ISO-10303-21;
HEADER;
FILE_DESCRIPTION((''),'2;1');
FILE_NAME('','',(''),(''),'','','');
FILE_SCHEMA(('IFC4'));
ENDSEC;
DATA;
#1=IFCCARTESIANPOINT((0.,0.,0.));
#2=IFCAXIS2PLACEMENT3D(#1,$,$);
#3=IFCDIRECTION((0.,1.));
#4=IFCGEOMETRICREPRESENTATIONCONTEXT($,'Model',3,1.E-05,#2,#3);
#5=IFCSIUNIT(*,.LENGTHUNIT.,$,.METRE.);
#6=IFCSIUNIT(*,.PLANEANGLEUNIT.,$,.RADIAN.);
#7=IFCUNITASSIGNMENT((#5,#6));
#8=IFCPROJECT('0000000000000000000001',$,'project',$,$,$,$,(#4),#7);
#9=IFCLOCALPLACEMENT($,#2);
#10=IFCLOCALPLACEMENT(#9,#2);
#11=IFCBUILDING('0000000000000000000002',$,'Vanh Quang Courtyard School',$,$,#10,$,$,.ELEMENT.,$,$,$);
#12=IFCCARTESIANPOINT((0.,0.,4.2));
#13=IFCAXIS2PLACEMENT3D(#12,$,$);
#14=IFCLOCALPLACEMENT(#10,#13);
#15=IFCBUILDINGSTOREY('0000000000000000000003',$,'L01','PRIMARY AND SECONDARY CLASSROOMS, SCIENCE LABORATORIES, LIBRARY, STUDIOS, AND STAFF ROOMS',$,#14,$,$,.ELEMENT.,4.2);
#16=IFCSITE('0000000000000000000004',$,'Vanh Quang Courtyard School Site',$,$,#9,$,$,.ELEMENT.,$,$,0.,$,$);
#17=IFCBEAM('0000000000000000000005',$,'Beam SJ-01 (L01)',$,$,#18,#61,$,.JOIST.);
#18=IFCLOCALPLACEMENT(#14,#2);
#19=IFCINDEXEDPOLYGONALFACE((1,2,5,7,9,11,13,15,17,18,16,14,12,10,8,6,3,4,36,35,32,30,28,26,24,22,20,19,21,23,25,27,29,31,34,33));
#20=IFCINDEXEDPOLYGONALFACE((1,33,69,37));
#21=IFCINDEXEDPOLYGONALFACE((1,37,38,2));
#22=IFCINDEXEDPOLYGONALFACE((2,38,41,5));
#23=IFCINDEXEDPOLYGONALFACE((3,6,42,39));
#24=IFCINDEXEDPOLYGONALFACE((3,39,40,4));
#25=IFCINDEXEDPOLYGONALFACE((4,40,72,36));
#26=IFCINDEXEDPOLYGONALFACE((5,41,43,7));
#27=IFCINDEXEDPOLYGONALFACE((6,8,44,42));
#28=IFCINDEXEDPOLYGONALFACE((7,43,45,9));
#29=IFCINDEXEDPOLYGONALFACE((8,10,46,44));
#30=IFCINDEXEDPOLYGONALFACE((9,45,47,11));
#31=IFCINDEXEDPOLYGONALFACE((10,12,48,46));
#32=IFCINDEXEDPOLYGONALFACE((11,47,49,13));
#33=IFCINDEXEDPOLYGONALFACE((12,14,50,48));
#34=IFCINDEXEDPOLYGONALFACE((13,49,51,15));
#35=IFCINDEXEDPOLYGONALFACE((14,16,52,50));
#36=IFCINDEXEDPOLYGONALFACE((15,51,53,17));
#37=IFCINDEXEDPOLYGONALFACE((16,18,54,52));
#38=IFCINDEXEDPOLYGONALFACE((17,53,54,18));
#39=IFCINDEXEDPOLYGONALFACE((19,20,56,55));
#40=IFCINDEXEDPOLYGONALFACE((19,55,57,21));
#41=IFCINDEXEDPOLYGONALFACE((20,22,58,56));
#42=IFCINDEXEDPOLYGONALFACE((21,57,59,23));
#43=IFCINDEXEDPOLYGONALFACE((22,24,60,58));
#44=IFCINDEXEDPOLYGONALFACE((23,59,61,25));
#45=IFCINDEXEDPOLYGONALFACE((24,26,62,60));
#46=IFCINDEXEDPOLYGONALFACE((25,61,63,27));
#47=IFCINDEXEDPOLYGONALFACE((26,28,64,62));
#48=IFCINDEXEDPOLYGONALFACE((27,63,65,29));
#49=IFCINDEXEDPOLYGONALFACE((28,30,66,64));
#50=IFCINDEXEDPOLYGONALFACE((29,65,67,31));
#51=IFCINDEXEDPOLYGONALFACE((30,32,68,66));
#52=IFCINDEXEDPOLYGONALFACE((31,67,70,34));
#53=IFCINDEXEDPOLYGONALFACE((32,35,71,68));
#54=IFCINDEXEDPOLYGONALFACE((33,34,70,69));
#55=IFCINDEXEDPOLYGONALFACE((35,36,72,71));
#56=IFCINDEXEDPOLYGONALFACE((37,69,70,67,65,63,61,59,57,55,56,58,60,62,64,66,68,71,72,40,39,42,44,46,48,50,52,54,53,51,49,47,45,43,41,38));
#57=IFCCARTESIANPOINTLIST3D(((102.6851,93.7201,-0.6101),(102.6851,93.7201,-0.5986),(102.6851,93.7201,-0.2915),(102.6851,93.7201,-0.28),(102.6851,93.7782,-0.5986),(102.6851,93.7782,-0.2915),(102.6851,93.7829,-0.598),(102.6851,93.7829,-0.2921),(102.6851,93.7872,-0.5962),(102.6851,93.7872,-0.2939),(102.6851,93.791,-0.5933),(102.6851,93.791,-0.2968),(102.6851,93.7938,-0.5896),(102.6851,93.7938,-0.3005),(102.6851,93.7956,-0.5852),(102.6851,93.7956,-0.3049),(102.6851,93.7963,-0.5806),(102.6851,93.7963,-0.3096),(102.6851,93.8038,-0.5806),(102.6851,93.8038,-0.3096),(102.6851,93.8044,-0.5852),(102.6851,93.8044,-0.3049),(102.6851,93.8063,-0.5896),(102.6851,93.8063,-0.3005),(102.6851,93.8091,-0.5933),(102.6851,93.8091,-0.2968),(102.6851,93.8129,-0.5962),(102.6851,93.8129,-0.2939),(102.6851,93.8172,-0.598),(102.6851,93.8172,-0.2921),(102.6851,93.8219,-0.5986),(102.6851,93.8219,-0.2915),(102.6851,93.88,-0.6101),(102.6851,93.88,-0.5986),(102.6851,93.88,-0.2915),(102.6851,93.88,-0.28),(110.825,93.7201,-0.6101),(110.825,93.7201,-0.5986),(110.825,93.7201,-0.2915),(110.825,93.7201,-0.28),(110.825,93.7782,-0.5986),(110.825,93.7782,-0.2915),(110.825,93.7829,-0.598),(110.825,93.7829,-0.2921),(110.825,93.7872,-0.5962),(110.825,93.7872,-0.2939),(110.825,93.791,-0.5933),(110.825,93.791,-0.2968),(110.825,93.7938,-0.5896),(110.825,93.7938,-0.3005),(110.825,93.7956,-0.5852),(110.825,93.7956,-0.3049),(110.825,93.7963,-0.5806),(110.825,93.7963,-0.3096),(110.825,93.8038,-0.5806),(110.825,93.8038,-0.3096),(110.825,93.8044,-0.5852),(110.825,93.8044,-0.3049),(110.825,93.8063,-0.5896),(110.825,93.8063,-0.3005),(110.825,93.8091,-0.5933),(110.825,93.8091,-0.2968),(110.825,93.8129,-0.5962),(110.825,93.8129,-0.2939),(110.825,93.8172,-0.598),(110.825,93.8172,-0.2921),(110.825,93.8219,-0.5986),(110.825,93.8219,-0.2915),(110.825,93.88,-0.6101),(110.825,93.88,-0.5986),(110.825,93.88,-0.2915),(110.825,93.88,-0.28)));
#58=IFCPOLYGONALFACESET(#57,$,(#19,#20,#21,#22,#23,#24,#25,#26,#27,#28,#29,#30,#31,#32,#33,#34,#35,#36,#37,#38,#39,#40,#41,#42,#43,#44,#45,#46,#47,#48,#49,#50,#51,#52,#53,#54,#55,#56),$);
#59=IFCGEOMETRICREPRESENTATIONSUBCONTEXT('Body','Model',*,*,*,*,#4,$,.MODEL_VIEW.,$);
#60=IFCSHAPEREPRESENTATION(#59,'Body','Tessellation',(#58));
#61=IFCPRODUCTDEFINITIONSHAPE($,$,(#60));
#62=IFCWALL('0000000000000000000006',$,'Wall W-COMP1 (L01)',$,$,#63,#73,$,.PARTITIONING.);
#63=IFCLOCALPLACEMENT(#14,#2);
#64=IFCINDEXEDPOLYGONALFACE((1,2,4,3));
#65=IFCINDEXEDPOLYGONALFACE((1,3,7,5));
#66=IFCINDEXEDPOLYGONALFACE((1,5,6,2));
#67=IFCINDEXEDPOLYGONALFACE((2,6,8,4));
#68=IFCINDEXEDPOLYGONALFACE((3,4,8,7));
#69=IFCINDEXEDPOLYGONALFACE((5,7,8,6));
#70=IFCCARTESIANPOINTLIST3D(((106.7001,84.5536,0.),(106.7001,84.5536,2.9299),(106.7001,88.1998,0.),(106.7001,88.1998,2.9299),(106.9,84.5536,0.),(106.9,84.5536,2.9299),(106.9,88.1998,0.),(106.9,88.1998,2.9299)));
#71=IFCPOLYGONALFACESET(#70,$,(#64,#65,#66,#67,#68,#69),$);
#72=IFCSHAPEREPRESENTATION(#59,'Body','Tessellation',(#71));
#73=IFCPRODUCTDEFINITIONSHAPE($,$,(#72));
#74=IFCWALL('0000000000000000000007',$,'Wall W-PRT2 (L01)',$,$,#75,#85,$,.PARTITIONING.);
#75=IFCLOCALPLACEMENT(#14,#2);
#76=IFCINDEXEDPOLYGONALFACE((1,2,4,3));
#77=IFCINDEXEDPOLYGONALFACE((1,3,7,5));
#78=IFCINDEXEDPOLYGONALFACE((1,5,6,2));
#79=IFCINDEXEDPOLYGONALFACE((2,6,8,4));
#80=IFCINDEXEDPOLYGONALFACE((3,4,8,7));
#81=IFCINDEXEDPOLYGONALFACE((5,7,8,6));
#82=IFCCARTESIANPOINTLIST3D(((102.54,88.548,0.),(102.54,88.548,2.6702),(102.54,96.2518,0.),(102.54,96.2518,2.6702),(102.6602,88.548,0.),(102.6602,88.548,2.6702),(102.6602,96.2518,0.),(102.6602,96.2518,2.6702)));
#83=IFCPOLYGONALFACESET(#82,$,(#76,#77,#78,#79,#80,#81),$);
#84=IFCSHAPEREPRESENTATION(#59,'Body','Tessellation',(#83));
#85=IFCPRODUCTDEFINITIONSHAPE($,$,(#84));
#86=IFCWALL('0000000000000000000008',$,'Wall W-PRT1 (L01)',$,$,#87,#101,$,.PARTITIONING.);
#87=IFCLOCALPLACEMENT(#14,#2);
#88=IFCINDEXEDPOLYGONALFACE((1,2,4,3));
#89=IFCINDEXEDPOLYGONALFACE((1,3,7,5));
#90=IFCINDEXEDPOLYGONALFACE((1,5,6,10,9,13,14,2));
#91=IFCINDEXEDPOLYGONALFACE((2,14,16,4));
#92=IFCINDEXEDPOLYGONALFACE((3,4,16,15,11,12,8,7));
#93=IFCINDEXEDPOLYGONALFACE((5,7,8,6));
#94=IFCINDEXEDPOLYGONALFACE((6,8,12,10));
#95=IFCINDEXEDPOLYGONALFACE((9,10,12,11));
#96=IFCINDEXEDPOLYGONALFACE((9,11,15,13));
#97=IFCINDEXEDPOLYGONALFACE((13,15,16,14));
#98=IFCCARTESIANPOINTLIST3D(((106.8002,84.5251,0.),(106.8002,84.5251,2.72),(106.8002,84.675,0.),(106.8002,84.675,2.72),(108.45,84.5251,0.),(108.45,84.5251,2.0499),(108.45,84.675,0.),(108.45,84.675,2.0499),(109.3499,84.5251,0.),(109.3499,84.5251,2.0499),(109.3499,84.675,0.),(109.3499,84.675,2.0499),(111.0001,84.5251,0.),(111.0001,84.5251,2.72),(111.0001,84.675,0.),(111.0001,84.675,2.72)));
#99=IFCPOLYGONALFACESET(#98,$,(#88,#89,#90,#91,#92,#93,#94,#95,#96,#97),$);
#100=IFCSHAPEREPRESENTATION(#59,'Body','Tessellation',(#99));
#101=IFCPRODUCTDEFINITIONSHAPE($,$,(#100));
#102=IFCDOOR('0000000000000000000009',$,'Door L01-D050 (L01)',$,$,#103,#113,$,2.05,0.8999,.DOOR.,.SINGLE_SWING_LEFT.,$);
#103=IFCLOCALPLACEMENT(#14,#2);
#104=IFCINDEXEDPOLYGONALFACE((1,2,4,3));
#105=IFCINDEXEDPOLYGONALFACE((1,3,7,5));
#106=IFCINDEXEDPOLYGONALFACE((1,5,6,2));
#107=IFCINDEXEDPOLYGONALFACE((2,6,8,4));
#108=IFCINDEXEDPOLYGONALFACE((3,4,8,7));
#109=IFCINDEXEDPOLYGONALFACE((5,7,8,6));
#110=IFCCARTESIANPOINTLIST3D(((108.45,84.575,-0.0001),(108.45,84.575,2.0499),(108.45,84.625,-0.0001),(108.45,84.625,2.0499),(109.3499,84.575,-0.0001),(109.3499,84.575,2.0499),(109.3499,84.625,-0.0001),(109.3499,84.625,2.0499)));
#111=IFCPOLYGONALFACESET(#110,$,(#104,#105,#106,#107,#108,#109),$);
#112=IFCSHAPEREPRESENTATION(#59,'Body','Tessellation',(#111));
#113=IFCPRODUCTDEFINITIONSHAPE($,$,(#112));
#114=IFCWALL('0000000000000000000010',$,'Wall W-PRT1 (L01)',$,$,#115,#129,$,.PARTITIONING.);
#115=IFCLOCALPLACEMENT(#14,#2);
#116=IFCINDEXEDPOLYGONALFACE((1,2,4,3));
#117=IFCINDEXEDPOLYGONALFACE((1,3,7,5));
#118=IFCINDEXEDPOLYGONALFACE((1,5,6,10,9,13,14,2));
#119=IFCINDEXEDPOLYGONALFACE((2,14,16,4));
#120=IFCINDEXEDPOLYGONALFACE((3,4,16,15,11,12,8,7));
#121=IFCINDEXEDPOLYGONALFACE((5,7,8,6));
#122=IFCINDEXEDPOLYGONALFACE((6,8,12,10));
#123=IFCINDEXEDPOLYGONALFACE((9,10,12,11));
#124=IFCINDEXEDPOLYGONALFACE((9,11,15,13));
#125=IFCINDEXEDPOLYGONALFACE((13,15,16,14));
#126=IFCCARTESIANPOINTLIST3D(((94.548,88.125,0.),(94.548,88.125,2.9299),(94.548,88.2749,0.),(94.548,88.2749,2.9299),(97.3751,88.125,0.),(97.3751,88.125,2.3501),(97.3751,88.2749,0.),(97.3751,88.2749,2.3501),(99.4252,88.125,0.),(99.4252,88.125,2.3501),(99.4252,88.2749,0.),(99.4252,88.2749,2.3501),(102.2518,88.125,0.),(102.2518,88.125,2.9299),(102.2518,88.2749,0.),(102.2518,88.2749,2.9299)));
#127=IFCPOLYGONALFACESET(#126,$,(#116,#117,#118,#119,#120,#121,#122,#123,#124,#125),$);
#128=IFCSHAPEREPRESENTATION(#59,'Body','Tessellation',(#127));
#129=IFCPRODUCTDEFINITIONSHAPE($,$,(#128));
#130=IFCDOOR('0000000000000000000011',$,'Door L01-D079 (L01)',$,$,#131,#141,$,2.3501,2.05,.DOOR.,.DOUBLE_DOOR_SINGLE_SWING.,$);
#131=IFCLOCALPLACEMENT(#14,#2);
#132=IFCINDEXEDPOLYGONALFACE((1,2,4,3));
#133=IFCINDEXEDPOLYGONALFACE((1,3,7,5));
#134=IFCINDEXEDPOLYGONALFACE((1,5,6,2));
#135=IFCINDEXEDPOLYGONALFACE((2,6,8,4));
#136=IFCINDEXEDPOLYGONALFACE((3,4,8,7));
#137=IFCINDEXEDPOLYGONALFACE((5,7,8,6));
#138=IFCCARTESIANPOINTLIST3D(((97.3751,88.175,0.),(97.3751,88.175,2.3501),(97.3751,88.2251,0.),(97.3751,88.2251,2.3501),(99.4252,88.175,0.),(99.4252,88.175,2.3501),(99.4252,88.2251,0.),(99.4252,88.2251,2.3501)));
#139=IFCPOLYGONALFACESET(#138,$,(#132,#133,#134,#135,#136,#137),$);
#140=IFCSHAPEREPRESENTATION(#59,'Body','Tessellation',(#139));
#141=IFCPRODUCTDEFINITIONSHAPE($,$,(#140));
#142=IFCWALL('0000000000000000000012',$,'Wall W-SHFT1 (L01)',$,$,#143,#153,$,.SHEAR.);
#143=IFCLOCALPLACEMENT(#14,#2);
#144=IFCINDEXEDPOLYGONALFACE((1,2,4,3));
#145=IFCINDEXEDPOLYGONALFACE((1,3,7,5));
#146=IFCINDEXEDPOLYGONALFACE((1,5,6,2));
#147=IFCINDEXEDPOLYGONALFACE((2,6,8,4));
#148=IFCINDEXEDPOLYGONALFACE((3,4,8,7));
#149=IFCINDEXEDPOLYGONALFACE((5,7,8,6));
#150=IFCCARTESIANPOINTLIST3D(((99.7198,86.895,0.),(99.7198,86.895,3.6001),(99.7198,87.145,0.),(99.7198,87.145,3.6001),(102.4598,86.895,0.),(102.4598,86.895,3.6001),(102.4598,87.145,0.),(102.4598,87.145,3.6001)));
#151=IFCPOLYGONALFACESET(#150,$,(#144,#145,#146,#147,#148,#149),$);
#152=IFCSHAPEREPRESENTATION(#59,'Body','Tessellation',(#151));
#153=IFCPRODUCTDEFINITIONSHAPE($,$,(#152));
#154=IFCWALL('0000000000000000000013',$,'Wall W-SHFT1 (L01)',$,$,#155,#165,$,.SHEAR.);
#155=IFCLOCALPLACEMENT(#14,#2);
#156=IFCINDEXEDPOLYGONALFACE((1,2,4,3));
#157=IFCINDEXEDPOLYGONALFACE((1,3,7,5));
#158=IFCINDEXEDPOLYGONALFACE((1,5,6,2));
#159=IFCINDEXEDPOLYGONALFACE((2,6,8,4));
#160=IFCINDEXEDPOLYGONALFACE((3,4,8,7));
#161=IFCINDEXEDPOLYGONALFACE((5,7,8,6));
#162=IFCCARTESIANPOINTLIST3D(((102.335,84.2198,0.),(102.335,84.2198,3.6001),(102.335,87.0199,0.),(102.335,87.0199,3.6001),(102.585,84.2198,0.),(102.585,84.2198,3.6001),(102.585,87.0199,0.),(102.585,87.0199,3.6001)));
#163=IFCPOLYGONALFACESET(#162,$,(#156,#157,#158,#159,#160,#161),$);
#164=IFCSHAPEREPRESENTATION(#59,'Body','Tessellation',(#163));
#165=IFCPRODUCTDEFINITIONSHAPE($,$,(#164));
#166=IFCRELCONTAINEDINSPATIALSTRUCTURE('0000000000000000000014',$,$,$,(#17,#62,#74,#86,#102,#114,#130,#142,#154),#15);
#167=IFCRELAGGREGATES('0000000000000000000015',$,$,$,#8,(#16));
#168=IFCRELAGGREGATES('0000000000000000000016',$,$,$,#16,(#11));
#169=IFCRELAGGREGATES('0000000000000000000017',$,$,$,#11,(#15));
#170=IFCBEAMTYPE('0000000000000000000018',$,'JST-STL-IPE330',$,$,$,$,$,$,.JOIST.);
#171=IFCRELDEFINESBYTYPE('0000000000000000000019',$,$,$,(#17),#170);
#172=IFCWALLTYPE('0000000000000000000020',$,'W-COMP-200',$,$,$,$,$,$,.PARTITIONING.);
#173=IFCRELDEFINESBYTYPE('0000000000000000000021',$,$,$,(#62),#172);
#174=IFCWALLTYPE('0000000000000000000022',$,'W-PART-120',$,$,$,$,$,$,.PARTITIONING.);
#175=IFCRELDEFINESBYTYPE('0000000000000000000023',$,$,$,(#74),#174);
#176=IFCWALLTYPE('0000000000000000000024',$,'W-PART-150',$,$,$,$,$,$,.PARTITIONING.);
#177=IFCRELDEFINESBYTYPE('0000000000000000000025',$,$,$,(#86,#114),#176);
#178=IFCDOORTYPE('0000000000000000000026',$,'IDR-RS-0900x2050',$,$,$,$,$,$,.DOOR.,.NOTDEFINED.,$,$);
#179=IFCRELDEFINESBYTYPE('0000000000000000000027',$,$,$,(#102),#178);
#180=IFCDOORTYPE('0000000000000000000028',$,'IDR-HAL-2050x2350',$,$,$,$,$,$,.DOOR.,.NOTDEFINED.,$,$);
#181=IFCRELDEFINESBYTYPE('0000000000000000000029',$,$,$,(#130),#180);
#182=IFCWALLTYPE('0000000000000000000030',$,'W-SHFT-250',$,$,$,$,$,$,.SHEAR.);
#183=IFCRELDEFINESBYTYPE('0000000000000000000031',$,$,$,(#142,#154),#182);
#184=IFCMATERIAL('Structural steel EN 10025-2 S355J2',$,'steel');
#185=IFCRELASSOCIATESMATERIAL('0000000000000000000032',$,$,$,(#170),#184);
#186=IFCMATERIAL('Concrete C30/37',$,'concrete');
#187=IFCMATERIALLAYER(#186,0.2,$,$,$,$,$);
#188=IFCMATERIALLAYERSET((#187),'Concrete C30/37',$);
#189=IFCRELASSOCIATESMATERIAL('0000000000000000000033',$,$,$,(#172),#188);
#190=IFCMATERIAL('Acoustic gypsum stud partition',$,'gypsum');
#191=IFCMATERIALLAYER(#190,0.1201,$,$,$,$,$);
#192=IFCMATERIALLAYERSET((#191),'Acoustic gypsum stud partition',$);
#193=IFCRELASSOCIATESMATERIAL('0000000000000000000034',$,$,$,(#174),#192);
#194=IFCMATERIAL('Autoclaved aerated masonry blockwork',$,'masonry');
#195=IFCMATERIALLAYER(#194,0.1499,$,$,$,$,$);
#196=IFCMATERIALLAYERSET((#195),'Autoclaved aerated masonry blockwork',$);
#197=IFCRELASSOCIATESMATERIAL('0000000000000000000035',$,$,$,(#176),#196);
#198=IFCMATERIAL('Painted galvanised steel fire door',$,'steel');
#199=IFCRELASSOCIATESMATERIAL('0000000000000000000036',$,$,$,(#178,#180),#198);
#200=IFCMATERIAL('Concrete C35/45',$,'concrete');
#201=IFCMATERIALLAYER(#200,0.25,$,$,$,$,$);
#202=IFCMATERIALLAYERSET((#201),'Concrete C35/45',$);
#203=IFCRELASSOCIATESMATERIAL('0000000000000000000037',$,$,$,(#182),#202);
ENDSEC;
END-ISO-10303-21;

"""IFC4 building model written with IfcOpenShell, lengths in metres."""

from ifc_helpers import new_model, si_unit, direction, frame, frame_2d, origin, origin_2d, place, context, subcontext, project, spatial, rectangle, i_section, extrude, material, layer, layer_set, material_profile, profile_set, type_object, element, fill, save


model = new_model("IFC4")

# Units and contexts
model_context = context("Model", 3, precision=1e-05, world=origin(), true_north=direction((0.0, 1.0)))
body_context = subcontext(model_context, "Body", "Model", "MODEL_VIEW")
ifc_project = project(units=[si_unit("LENGTHUNIT", "METRE"), si_unit("PLANEANGLEUNIT", "RADIAN")], contexts=[model_context])

# Site, building, storey
site_placement = place(None, origin())
site = spatial("IfcSite", under=ifc_project, at=site_placement, Name="Vanh Quang Courtyard School Site", CompositionType="ELEMENT", RefElevation=0.0)
building_placement = place(site_placement, origin())
building = spatial("IfcBuilding", under=site, at=building_placement, Name="Vanh Quang Courtyard School", CompositionType="ELEMENT")
storey_placement = place(building_placement, frame((0.0, 0.0, 4.2)))
storey = spatial("IfcBuildingStorey", under=building, at=storey_placement, Name="L01", Description="PRIMARY AND SECONDARY CLASSROOMS, SCIENCE LABORATORIES, LIBRARY, STUDIOS, AND STAFF ROOMS", CompositionType="ELEMENT", Elevation=4.2)

# Shared definitions
ifc_material_1 = material(Name="Concrete C35/45", Category="concrete")

# Beam
ifc_material_2 = material(Name="Structural steel EN 10025-2 S355J2", Category="steel")
ifc_material_3 = material(Name="Concrete C30/37", Category="concrete")
ifc_material_profile_1 = material_profile(ifc_material_2, i_section(OverallWidth=0.1599, OverallDepth=0.3301, WebThickness=0.0076, FlangeThickness=0.0115, FilletRadius=0.0181, at=origin_2d()), Name="IPE 330")
ifc_profile_set_1 = profile_set([ifc_material_profile_1], Name="Structural steel EN 10025-2 S355J2")
beam_type_1 = type_object("IfcBeamType", Name="JST-STL-IPE330", PredefinedType="JOIST", material=ifc_profile_set_1)
for number, where, z_axis, x_axis, name in (
    (1, (102.6851, 93.8, -0.4451), (1.0, 0.0, 0.0), (0.0, 1.0, 0.0), "Beam SJ-01 (L01)"),
):
    element("IfcBeam", number, at=place(storey_placement, frame(where, z_axis=z_axis, x_axis=x_axis)), inside=storey, type_object=beam_type_1, Name=name, PredefinedType="JOIST", context=body_context, shape_type="SweptSolid", body=[
        extrude(i_section(OverallWidth=0.1599, OverallDepth=0.3301, WebThickness=0.0076, FlangeThickness=0.0115, FilletRadius=0.0181, at=origin_2d()), origin(), (0.0, 0.0, 1.0), 8.1399),
    ])

# Shared definitions
ifc_layer_1 = layer(ifc_material_3, 0.2)
ifc_layer_set_1 = layer_set([ifc_layer_1], Name="Concrete C30/37")
wall_type_1 = type_object("IfcWallType", Name="W-COMP-200", PredefinedType="PARTITIONING", material=ifc_layer_set_1)
ifc_material_4 = material(Name="Painted galvanised steel fire door", Category="steel")

# Wall
wall_1_placement = place(storey_placement, frame((106.8, 88.2, 0.0), z_axis=(0.0, 0.0, 1.0), x_axis=(0.0, -1.0, 0.0)))
element("IfcWall", 2, at=wall_1_placement, inside=storey, type_object=wall_type_1, Name="Wall W-COMP1 (L01)", PredefinedType="PARTITIONING", context=body_context, shape_type="SweptSolid", body=[
    extrude(rectangle(XDim=3.6462, YDim=0.2, at=frame_2d((1.8232, 0.0))), origin(), (0.0, 0.0, 1.0), 2.9299),
])

# Wall
ifc_material_5 = material(Name="Acoustic gypsum stud partition", Category="gypsum")
ifc_layer_2 = layer(ifc_material_5, 0.1201)
ifc_layer_set_2 = layer_set([ifc_layer_2], Name="Acoustic gypsum stud partition")
wall_type_2 = type_object("IfcWallType", Name="W-PART-120", PredefinedType="PARTITIONING", material=ifc_layer_set_2)
wall_2_placement = place(storey_placement, frame((102.6001, 96.252, 0.0), z_axis=(0.0, 0.0, 1.0), x_axis=(0.0, -1.0, 0.0)))
element("IfcWall", 3, at=wall_2_placement, inside=storey, type_object=wall_type_2, Name="Wall W-PRT2 (L01)", PredefinedType="PARTITIONING", context=body_context, shape_type="SweptSolid", body=[
    extrude(rectangle(XDim=7.7039, YDim=0.1201, at=frame_2d((3.8521, 0.0))), origin(), (0.0, 0.0, 1.0), 2.6702),
])

# Walls, openings, doors
ifc_material_6 = material(Name="Autoclaved aerated masonry blockwork", Category="masonry")
ifc_layer_3 = layer(ifc_material_6, 0.1499)
ifc_layer_set_3 = layer_set([ifc_layer_3], Name="Autoclaved aerated masonry blockwork")
wall_type_3 = type_object("IfcWallType", Name="W-PART-150", PredefinedType="PARTITIONING", material=ifc_layer_set_3)
wall_3_placement = place(storey_placement, frame((106.8, 84.6001, 0.0), z_axis=(0.0, 0.0, 1.0), x_axis=(1.0, 0.0, 0.0)))
wall_3 = element("IfcWall", 4, at=wall_3_placement, inside=storey, type_object=wall_type_3, Name="Wall W-PRT1 (L01)", PredefinedType="PARTITIONING", context=body_context, shape_type="SweptSolid", body=[
    extrude(rectangle(XDim=4.2, YDim=0.1499, at=frame_2d((2.1001, 0.0))), origin(), (0.0, 0.0, 1.0), 2.72),
])
opening_1_placement = place(wall_3_placement, frame((1.6499, 0.0, 0.0)))
opening_1 = element("IfcOpeningElement", 5, at=opening_1_placement, cuts=wall_3, PredefinedType="OPENING", context=body_context, shape_type="SweptSolid", body=[
    extrude(rectangle(XDim=0.8999, YDim=2.05, at=frame_2d((0.45, 1.0249))), frame((0.0, 0.085, 0.0), z_axis=(0.0, -1.0, 0.0), x_axis=(1.0, 0.0, 0.0)), (0.0, 0.0, 1.0), 0.1699),
])
door_type_1 = type_object("IfcDoorType", Name="IDR-RS-0900x2050", OperationType="NOTDEFINED", PredefinedType="DOOR", material=ifc_material_4)
door_1_placement = place(opening_1_placement, origin())
door_1 = element("IfcDoor", 6, at=door_1_placement, inside=storey, type_object=door_type_1, Name="Door L01-D050 (L01)", OperationType="SINGLE_SWING_LEFT", OverallHeight=2.05, OverallWidth=0.8999, PredefinedType="DOOR", context=body_context, shape_type="SweptSolid", body=[
    extrude(rectangle(XDim=0.8999, YDim=2.05, at=frame_2d((0.45, 1.0249))), frame((0.0, 0.0249, 0.0), z_axis=(0.0, -1.0, 0.0), x_axis=(1.0, 0.0, 0.0)), (0.0, 0.0, 1.0), 0.05),
])
fill(opening_1, door_1)
wall_4_placement = place(storey_placement, frame((102.252, 88.2, 0.0), z_axis=(0.0, 0.0, 1.0), x_axis=(-1.0, 0.0, 0.0)))
wall_4 = element("IfcWall", 7, at=wall_4_placement, inside=storey, type_object=wall_type_3, Name="Wall W-PRT1 (L01)", PredefinedType="PARTITIONING", context=body_context, shape_type="SweptSolid", body=[
    extrude(rectangle(XDim=7.7039, YDim=0.1499, at=frame_2d((3.8521, 0.0))), origin(), (0.0, 0.0, 1.0), 2.9299),
])
opening_2_placement = place(wall_4_placement, frame((2.8269, 0.0, 0.0)))
opening_2 = element("IfcOpeningElement", 8, at=opening_2_placement, cuts=wall_4, PredefinedType="OPENING", context=body_context, shape_type="SweptSolid", body=[
    extrude(rectangle(XDim=2.05, YDim=2.3501, at=frame_2d((1.0249, 1.175))), frame((0.0, 0.085, 0.0), z_axis=(0.0, -1.0, 0.0), x_axis=(1.0, 0.0, 0.0)), (0.0, 0.0, 1.0), 0.1699),
])
door_type_2 = type_object("IfcDoorType", Name="IDR-HAL-2050x2350", OperationType="NOTDEFINED", PredefinedType="DOOR", material=ifc_material_4)
door_2_placement = place(opening_2_placement, origin())
door_2 = element("IfcDoor", 9, at=door_2_placement, inside=storey, type_object=door_type_2, Name="Door L01-D079 (L01)", OperationType="DOUBLE_DOOR_SINGLE_SWING", OverallHeight=2.3501, OverallWidth=2.05, PredefinedType="DOOR", context=body_context, shape_type="SweptSolid", body=[
    extrude(rectangle(XDim=2.05, YDim=2.3501, at=frame_2d((1.0249, 1.175))), frame((0.0, 0.0249, 0.0), z_axis=(0.0, -1.0, 0.0), x_axis=(1.0, 0.0, 0.0)), (0.0, 0.0, 1.0), 0.05),
])
fill(opening_2, door_2)
ifc_layer_4 = layer(ifc_material_1, 0.25)
ifc_layer_set_4 = layer_set([ifc_layer_4], Name="Concrete C35/45")
wall_type_4 = type_object("IfcWallType", Name="W-SHFT-250", PredefinedType="SHEAR", material=ifc_layer_set_4)

# Walls
wall_5_placement = place(storey_placement, frame((102.46, 87.02, 0.0), z_axis=(0.0, 0.0, 1.0), x_axis=(-1.0, 0.0, 0.0)))
element("IfcWall", 10, at=wall_5_placement, inside=storey, type_object=wall_type_4, Name="Wall W-SHFT1 (L01)", PredefinedType="SHEAR", context=body_context, shape_type="SweptSolid", body=[
    extrude(rectangle(XDim=2.74, YDim=0.25, at=frame_2d((1.3701, 0.0))), origin(), (0.0, 0.0, 1.0), 3.6001),
])
wall_6_placement = place(storey_placement, frame((102.46, 84.22, 0.0), z_axis=(0.0, 0.0, 1.0), x_axis=(0.0, 1.0, 0.0)))
element("IfcWall", 11, at=wall_6_placement, inside=storey, type_object=wall_type_4, Name="Wall W-SHFT1 (L01)", PredefinedType="SHEAR", context=body_context, shape_type="SweptSolid", body=[
    extrude(rectangle(XDim=2.8, YDim=0.25, at=frame_2d((1.3999, 0.0))), origin(), (0.0, 0.0, 1.0), 3.6001),
])

save(model, "model.ifc")
